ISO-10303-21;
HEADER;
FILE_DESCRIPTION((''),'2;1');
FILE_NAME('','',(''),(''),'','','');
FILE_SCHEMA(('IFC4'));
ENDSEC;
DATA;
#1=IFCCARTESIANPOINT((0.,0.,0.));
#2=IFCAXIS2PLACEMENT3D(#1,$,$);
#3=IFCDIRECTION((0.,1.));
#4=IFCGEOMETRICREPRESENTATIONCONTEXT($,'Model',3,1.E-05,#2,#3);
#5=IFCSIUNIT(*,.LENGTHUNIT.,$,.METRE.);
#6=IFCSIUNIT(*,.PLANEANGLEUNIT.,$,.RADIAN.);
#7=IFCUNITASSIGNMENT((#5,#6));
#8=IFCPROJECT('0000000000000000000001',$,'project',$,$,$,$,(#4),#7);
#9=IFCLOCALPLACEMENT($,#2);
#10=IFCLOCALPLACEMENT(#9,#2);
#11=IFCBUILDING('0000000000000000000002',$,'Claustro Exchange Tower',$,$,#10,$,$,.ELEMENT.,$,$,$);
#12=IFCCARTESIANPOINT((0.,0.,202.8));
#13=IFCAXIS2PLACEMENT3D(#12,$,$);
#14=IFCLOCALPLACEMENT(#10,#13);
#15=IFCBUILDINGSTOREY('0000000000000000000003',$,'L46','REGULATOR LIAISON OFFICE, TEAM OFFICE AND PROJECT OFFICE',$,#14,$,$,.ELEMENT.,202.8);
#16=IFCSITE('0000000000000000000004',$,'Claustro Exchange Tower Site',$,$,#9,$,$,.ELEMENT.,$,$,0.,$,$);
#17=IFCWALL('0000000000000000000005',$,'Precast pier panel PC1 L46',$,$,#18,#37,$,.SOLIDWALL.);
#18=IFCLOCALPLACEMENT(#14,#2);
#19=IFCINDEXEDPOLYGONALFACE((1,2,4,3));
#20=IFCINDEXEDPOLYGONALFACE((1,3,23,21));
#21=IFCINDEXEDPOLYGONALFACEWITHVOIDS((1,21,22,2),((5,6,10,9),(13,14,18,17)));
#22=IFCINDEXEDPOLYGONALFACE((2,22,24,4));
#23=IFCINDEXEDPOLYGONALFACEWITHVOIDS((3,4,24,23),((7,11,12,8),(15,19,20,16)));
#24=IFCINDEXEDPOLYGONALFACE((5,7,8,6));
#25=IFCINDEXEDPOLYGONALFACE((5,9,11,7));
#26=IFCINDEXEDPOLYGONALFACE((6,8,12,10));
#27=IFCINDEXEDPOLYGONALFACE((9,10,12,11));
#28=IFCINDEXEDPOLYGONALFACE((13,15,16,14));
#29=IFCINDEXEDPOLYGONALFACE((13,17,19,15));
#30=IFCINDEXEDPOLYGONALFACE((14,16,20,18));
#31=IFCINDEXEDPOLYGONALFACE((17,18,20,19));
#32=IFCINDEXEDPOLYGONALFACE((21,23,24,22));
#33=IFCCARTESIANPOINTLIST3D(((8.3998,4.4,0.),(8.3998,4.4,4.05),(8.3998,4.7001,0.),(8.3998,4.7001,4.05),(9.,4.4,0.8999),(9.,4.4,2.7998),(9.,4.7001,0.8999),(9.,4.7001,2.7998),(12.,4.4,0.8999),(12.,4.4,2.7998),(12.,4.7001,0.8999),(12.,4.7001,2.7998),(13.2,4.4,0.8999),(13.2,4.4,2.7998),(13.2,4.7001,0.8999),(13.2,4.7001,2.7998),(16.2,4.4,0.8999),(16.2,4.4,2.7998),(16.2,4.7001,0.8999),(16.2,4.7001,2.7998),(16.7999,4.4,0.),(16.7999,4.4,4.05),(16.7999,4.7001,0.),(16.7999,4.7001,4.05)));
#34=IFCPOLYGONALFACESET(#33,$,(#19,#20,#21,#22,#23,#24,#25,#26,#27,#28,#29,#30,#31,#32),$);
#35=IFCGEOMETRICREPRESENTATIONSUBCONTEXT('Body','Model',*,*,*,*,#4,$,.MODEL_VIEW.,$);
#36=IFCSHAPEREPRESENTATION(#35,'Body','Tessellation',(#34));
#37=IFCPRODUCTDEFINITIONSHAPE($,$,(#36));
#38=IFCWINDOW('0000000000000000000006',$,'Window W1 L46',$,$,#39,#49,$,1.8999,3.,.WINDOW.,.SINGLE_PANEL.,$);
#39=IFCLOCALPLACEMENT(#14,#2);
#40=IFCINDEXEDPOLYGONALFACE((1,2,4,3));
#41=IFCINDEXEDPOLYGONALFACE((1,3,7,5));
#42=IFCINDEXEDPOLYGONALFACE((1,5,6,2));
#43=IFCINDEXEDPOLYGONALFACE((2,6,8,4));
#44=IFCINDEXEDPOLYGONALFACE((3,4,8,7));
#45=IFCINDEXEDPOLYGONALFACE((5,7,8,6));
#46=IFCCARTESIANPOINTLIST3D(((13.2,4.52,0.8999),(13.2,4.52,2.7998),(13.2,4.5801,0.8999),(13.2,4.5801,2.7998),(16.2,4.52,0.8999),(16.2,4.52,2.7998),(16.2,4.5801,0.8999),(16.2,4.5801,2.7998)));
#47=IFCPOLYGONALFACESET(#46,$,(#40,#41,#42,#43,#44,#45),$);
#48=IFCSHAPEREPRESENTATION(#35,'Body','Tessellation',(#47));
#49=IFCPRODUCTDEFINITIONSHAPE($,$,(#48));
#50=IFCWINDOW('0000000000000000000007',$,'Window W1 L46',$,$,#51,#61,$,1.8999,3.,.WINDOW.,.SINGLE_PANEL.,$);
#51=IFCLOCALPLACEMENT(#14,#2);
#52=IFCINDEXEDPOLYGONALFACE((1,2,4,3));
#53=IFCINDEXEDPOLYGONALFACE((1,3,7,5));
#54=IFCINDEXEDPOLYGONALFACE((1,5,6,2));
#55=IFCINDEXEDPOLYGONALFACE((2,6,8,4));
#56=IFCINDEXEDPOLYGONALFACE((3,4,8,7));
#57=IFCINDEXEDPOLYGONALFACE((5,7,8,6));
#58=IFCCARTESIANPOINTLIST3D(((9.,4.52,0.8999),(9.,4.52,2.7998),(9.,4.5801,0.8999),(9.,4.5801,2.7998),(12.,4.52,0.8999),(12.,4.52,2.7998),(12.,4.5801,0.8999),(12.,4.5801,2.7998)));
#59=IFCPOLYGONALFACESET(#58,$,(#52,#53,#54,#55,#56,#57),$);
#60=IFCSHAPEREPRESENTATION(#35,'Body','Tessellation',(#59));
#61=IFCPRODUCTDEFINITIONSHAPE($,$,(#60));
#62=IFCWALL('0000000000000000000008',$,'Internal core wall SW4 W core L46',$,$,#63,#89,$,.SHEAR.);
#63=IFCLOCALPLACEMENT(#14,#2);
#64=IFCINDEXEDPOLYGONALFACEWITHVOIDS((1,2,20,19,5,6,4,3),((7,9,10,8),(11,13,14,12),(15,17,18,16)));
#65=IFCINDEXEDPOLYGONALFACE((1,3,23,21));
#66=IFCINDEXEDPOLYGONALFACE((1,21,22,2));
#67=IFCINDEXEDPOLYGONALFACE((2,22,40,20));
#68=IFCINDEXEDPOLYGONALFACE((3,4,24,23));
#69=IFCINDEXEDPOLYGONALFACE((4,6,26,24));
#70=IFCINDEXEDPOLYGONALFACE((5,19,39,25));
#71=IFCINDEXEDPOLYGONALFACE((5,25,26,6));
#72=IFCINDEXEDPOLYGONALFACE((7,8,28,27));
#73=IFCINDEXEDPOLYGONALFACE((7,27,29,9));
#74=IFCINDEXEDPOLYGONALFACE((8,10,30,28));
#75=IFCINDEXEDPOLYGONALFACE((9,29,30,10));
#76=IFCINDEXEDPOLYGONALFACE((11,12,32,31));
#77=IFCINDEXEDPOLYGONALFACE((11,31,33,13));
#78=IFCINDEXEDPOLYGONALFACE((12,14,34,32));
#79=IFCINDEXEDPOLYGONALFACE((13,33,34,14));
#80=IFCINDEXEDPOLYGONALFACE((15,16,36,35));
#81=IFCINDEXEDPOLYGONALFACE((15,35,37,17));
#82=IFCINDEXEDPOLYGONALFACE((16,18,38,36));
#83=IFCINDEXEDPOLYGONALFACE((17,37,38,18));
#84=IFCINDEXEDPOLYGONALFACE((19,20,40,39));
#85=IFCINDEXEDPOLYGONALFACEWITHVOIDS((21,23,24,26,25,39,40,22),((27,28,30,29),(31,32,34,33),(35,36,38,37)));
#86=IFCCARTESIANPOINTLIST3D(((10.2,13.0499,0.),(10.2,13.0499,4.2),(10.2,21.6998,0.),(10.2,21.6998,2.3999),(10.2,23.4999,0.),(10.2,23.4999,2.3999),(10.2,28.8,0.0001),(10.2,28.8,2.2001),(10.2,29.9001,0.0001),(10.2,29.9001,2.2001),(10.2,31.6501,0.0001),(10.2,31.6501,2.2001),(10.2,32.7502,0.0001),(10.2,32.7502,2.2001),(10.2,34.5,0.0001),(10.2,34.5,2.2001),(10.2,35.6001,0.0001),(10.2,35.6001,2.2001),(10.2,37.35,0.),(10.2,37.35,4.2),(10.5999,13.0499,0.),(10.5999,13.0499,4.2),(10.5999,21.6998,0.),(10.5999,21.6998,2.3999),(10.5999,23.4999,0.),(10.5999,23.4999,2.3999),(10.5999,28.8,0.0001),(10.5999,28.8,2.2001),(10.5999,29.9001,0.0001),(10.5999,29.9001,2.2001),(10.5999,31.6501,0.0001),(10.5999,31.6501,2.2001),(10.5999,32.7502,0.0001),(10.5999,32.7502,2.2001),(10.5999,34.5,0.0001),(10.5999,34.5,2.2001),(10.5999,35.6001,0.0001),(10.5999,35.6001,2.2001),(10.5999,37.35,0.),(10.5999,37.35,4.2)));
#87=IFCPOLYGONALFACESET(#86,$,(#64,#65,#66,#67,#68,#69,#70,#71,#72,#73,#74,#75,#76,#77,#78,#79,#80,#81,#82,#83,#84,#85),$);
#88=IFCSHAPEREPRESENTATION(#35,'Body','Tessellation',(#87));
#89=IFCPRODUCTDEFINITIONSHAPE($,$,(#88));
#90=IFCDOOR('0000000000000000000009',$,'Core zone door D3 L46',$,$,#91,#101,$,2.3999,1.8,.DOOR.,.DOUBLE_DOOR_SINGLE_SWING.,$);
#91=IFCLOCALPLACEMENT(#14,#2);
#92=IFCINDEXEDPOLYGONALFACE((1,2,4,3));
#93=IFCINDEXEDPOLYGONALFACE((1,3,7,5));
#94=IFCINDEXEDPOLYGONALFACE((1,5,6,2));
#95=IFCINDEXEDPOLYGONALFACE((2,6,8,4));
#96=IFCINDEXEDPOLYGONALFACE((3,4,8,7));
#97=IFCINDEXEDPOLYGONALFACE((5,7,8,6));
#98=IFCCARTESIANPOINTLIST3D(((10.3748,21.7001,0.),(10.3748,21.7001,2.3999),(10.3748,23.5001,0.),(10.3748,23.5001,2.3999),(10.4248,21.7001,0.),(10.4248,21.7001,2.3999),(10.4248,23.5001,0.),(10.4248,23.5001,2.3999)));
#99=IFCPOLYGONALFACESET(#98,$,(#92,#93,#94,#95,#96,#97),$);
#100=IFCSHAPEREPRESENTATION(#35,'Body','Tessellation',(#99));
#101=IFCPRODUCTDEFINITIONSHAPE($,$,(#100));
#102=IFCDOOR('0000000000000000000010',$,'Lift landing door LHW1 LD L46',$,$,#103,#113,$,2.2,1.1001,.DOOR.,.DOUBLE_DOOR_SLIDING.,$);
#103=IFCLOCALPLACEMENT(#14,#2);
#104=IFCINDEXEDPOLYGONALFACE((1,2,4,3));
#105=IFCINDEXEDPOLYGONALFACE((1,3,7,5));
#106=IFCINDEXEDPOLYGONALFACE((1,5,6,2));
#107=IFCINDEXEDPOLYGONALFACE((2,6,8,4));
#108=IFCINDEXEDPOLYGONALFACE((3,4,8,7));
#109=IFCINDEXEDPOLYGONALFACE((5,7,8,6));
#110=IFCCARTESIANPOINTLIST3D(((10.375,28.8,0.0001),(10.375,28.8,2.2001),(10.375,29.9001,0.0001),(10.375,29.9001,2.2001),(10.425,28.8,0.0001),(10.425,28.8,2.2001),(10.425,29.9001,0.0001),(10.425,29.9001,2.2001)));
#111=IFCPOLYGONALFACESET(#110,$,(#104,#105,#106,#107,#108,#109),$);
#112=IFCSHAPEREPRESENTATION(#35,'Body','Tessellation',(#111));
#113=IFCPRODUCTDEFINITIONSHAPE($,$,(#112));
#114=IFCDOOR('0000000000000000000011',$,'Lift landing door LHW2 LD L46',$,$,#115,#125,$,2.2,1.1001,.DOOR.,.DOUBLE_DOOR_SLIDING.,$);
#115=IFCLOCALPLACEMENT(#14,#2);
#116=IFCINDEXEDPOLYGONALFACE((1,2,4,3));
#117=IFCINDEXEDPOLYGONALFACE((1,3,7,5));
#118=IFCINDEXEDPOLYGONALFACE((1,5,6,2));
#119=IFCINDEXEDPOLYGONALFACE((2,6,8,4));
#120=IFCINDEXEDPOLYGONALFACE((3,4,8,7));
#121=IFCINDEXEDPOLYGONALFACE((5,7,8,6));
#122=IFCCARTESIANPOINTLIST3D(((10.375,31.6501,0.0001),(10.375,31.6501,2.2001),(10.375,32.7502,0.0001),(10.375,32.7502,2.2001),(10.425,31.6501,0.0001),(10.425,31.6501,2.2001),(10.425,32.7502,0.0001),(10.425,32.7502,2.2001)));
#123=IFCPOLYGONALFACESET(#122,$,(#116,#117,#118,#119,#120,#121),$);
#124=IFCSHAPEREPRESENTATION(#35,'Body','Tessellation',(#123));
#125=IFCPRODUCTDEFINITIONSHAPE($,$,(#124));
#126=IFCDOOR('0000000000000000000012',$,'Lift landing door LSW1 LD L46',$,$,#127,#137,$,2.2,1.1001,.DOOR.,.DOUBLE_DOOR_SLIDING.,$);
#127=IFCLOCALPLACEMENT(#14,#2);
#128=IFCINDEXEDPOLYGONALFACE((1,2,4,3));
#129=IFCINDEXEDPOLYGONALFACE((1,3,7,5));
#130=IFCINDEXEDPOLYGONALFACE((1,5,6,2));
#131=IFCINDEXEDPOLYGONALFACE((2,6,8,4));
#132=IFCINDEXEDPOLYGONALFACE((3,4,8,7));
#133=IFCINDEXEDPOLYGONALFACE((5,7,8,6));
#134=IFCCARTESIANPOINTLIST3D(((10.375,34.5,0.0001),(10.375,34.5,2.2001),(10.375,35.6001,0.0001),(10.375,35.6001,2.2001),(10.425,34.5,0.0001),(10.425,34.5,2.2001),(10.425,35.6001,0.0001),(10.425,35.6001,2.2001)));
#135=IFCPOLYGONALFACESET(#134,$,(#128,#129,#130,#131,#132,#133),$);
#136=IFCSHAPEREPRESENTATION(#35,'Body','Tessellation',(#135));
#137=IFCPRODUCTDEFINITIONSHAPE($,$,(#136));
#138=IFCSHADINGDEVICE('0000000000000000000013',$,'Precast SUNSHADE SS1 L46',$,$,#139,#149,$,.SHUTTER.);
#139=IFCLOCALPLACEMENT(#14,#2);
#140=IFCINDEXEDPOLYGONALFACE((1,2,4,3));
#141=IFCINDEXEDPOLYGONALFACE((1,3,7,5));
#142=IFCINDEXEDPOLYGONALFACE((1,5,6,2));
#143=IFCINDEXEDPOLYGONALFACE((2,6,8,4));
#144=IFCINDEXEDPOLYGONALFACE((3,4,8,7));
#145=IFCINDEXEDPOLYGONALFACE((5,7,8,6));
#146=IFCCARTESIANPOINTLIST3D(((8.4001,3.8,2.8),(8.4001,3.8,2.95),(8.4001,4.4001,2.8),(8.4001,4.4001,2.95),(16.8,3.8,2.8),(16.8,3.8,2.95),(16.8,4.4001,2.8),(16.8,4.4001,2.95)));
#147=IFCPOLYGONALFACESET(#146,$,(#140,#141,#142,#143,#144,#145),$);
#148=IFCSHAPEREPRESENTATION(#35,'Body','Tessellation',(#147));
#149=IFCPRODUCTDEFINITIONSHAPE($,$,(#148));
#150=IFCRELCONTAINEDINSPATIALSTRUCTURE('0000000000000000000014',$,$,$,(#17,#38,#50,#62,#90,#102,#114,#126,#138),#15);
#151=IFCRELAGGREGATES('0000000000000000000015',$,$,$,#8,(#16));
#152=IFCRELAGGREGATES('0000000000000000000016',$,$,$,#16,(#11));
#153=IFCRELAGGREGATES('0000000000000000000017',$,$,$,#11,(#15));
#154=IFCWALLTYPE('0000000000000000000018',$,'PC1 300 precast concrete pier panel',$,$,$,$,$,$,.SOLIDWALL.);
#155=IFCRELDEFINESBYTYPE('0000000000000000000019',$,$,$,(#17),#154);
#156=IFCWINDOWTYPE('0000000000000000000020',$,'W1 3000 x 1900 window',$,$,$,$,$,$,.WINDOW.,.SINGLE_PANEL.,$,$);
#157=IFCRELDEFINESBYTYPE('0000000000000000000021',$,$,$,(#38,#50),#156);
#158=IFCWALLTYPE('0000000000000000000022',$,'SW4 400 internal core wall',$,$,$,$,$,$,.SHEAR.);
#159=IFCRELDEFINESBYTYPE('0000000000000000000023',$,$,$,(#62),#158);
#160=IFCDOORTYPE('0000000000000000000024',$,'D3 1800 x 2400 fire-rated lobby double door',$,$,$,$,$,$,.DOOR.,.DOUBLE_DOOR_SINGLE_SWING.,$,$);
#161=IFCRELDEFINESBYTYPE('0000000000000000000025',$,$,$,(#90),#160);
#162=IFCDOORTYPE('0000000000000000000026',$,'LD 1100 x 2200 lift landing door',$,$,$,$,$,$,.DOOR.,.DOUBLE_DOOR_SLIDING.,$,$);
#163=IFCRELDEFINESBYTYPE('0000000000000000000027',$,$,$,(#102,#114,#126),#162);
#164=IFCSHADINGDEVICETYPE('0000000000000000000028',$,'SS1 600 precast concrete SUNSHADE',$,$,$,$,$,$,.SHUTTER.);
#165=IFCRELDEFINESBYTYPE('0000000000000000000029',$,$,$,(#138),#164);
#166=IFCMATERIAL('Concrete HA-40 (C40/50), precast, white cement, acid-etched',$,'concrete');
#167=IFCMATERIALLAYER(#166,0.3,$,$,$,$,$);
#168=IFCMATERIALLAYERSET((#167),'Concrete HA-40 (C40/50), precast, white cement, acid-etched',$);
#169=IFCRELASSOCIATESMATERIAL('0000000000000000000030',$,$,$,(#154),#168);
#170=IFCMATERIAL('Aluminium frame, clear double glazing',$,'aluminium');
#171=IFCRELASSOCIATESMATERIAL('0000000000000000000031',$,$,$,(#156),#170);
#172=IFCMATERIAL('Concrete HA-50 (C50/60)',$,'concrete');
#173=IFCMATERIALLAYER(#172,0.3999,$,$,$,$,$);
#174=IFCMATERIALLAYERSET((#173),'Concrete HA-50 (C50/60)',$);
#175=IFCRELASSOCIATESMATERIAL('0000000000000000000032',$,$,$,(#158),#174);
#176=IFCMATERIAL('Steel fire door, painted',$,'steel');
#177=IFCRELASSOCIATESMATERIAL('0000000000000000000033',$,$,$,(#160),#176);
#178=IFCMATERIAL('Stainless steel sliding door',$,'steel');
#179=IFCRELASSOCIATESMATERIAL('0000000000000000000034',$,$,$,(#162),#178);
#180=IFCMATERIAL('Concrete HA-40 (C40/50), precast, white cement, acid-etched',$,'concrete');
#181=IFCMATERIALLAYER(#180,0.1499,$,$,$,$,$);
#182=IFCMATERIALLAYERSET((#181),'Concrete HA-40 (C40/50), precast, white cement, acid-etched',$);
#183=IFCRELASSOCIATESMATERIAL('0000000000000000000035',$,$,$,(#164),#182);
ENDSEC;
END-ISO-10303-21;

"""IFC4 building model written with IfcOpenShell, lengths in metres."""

from ifc_helpers import new_model, si_unit, direction, frame, frame_2d, origin, origin_2d, place, context, subcontext, project, spatial, rectangle, extrude, material, layer, layer_set, type_object, element, fill, save


model = new_model("IFC4")

# Units and contexts
model_context = context("Model", 3, precision=1e-05, world=origin(), true_north=direction((0.0, 1.0)))
body_context = subcontext(model_context, "Body", "Model", "MODEL_VIEW")
ifc_project = project(units=[si_unit("LENGTHUNIT", "METRE"), si_unit("PLANEANGLEUNIT", "RADIAN")], contexts=[model_context])

# Site, building, storey
site_placement = place(None, origin())
site = spatial("IfcSite", under=ifc_project, at=site_placement, Name="Claustro Exchange Tower Site", CompositionType="ELEMENT", RefElevation=0.0)
building_placement = place(site_placement, origin())
building = spatial("IfcBuilding", under=site, at=building_placement, Name="Claustro Exchange Tower", CompositionType="ELEMENT")
storey_placement = place(building_placement, frame((0.0, 0.0, 202.8)))
storey = spatial("IfcBuildingStorey", under=building, at=storey_placement, Name="L46", Description="REGULATOR LIAISON OFFICE, TEAM OFFICE AND PROJECT OFFICE", CompositionType="ELEMENT", Elevation=202.8)

# Wall, openings, windows
ifc_material_1 = material(Name="Concrete HA-40 (C40/50), precast, white cement, acid-etched", Category="concrete")
ifc_layer_1 = layer(ifc_material_1, 0.3)
ifc_layer_set_1 = layer_set([ifc_layer_1], Name="Concrete HA-40 (C40/50), precast, white cement, acid-etched")
wall_type_1 = type_object("IfcWallType", Name="PC1 300 precast concrete pier panel", PredefinedType="SOLIDWALL", material=ifc_layer_set_1)
wall_1_placement = place(storey_placement, frame((16.8, 4.55, 0.0), z_axis=(0.0, 0.0, 1.0), x_axis=(-1.0, 0.0, 0.0)))
wall_1 = element("IfcWall", 1, at=wall_1_placement, inside=storey, type_object=wall_type_1, Name="Precast pier panel PC1 L46", PredefinedType="SOLIDWALL", context=body_context, shape_type="SweptSolid", body=[
    extrude(rectangle(XDim=8.4001, YDim=0.3, at=frame_2d((4.2002, 0.0))), origin(), (0.0, 0.0, 1.0), 4.05),
])
opening_1_placement = place(wall_1_placement, frame((0.6001, 0.0, 0.8999)))
opening_1 = element("IfcOpeningElement", 2, at=opening_1_placement, cuts=wall_1, PredefinedType="OPENING", context=body_context, shape_type="SweptSolid", body=[
    extrude(rectangle(XDim=3.0, YDim=1.8999, at=frame_2d((1.5, 0.95))), frame((0.0, 0.1599, 0.0), z_axis=(0.0, -1.0, 0.0), x_axis=(1.0, 0.0, 0.0)), (0.0, 0.0, 1.0), 0.3201),
])
opening_2_placement = place(wall_1_placement, frame((4.8, 0.0, 0.8999)))
opening_2 = element("IfcOpeningElement", 3, at=opening_2_placement, cuts=wall_1, PredefinedType="OPENING", context=body_context, shape_type="SweptSolid", body=[
    extrude(rectangle(XDim=3.0, YDim=1.8999, at=frame_2d((1.5, 0.95))), frame((0.0, 0.1599, 0.0), z_axis=(0.0, -1.0, 0.0), x_axis=(1.0, 0.0, 0.0)), (0.0, 0.0, 1.0), 0.3201),
])
ifc_material_2 = material(Name="Aluminium frame, clear double glazing", Category="aluminium")
window_type = type_object("IfcWindowType", Name="W1 3000 x 1900 window", PartitioningType="SINGLE_PANEL", PredefinedType="WINDOW", material=ifc_material_2)
window_1_placement = place(opening_1_placement, origin())
window_1 = element("IfcWindow", 4, at=window_1_placement, inside=storey, type_object=window_type, Name="Window W1 L46", OverallHeight=1.8999, OverallWidth=3.0, PartitioningType="SINGLE_PANEL", PredefinedType="WINDOW", context=body_context, shape_type="SweptSolid", body=[
    extrude(rectangle(XDim=3.0, YDim=1.8999, at=frame_2d((1.5, 0.95))), frame((0.0, 0.03, 0.0), z_axis=(0.0, -1.0, 0.0), x_axis=(1.0, 0.0, 0.0)), (0.0, 0.0, 1.0), 0.0601),
])
fill(opening_1, window_1)
window_2_placement = place(opening_2_placement, origin())
window_2 = element("IfcWindow", 5, at=window_2_placement, inside=storey, type_object=window_type, Name="Window W1 L46", OverallHeight=1.8999, OverallWidth=3.0, PartitioningType="SINGLE_PANEL", PredefinedType="WINDOW", context=body_context, shape_type="SweptSolid", body=[
    extrude(rectangle(XDim=3.0, YDim=1.8999, at=frame_2d((1.5, 0.95))), frame((0.0, 0.03, 0.0), z_axis=(0.0, -1.0, 0.0), x_axis=(1.0, 0.0, 0.0)), (0.0, 0.0, 1.0), 0.0601),
])
fill(opening_2, window_2)

# Wall, openings, doors
ifc_material_3 = material(Name="Concrete HA-50 (C50/60)", Category="concrete")
ifc_layer_2 = layer(ifc_material_3, 0.3999)
ifc_layer_set_2 = layer_set([ifc_layer_2], Name="Concrete HA-50 (C50/60)")
wall_type_2 = type_object("IfcWallType", Name="SW4 400 internal core wall", PredefinedType="SHEAR", material=ifc_layer_set_2)
wall_2_placement = place(storey_placement, frame((10.3999, 13.05, 0.0), z_axis=(0.0, 0.0, 1.0), x_axis=(0.0, 1.0, 0.0)))
wall_2 = element("IfcWall", 6, at=wall_2_placement, inside=storey, type_object=wall_type_2, Name="Internal core wall SW4 W core L46", PredefinedType="SHEAR", context=body_context, shape_type="SweptSolid", body=[
    extrude(rectangle(XDim=24.3, YDim=0.3999, at=frame_2d((12.1499, 0.0))), origin(), (0.0, 0.0, 1.0), 4.2),
])
opening_3_placement = place(wall_2_placement, frame((15.75, 0.0, 0.0)))
opening_3 = element("IfcOpeningElement", 7, at=opening_3_placement, cuts=wall_2, PredefinedType="OPENING", context=body_context, shape_type="SweptSolid", body=[
    extrude(rectangle(XDim=1.1001, YDim=2.2, at=frame_2d((0.55, 1.1001))), frame((0.0, 0.21, 0.0), z_axis=(0.0, -1.0, 0.0), x_axis=(1.0, 0.0, 0.0)), (0.0, 0.0, 1.0), 0.4199),
])
opening_4_placement = place(wall_2_placement, frame((18.6001, 0.0, 0.0)))
opening_4 = element("IfcOpeningElement", 8, at=opening_4_placement, cuts=wall_2, PredefinedType="OPENING", context=body_context, shape_type="SweptSolid", body=[
    extrude(rectangle(XDim=1.1001, YDim=2.2, at=frame_2d((0.55, 1.1001))), frame((0.0, 0.21, 0.0), z_axis=(0.0, -1.0, 0.0), x_axis=(1.0, 0.0, 0.0)), (0.0, 0.0, 1.0), 0.4199),
])
opening_5_placement = place(wall_2_placement, frame((21.45, 0.0, 0.0)))
opening_5 = element("IfcOpeningElement", 9, at=opening_5_placement, cuts=wall_2, PredefinedType="OPENING", context=body_context, shape_type="SweptSolid", body=[
    extrude(rectangle(XDim=1.1001, YDim=2.2, at=frame_2d((0.55, 1.1001))), frame((0.0, 0.21, 0.0), z_axis=(0.0, -1.0, 0.0), x_axis=(1.0, 0.0, 0.0)), (0.0, 0.0, 1.0), 0.4199),
])
opening_6_placement = place(wall_2_placement, frame((8.6499, 0.0, 0.0)))
opening_6 = element("IfcOpeningElement", 10, at=opening_6_placement, cuts=wall_2, PredefinedType="OPENING", context=body_context, shape_type="SweptSolid", body=[
    extrude(rectangle(XDim=1.8, YDim=2.3999, at=frame_2d((0.8999, 1.2))), frame((0.0, 0.21, 0.0), z_axis=(0.0, -1.0, 0.0), x_axis=(1.0, 0.0, 0.0)), (0.0, 0.0, 1.0), 0.4199),
])
ifc_material_4 = material(Name="Steel fire door, painted", Category="steel")
door_type_1 = type_object("IfcDoorType", Name="D3 1800 x 2400 fire-rated lobby double door", OperationType="DOUBLE_DOOR_SINGLE_SWING", PredefinedType="DOOR", material=ifc_material_4)
door_1_placement = place(opening_6_placement, frame((1.8, 0.0, 0.0), z_axis=(0.0, 0.0, 1.0), x_axis=(-1.0, 0.0, 0.0)))
door_1 = element("IfcDoor", 11, at=door_1_placement, inside=storey, type_object=door_type_1, Name="Core zone door D3 L46", OperationType="DOUBLE_DOOR_SINGLE_SWING", OverallHeight=2.3999, OverallWidth=1.8, PredefinedType="DOOR", context=body_context, shape_type="SweptSolid", body=[
    extrude(rectangle(XDim=1.8, YDim=2.3999, at=frame_2d((0.8999, 1.2))), frame((0.0, 0.0249, 0.0), z_axis=(0.0, -1.0, 0.0), x_axis=(1.0, 0.0, 0.0)), (0.0, 0.0, 1.0), 0.05),
])
fill(opening_6, door_1)
ifc_material_5 = material(Name="Stainless steel sliding door", Category="steel")
door_type_2 = type_object("IfcDoorType", Name="LD 1100 x 2200 lift landing door", OperationType="DOUBLE_DOOR_SLIDING", PredefinedType="DOOR", material=ifc_material_5)
door_2_placement = place(opening_3_placement, origin())
door_2 = element("IfcDoor", 12, at=door_2_placement, inside=storey, type_object=door_type_2, Name="Lift landing door LHW1 LD L46", OperationType="DOUBLE_DOOR_SLIDING", OverallHeight=2.2, OverallWidth=1.1001, PredefinedType="DOOR", context=body_context, shape_type="SweptSolid", body=[
    extrude(rectangle(XDim=1.1001, YDim=2.2, at=frame_2d((0.55, 1.1001))), frame((0.0, 0.0249, 0.0), z_axis=(0.0, -1.0, 0.0), x_axis=(1.0, 0.0, 0.0)), (0.0, 0.0, 1.0), 0.05),
])
fill(opening_3, door_2)
door_3_placement = place(opening_4_placement, origin())
door_3 = element("IfcDoor", 13, at=door_3_placement, inside=storey, type_object=door_type_2, Name="Lift landing door LHW2 LD L46", OperationType="DOUBLE_DOOR_SLIDING", OverallHeight=2.2, OverallWidth=1.1001, PredefinedType="DOOR", context=body_context, shape_type="SweptSolid", body=[
    extrude(rectangle(XDim=1.1001, YDim=2.2, at=frame_2d((0.55, 1.1001))), frame((0.0, 0.0249, 0.0), z_axis=(0.0, -1.0, 0.0), x_axis=(1.0, 0.0, 0.0)), (0.0, 0.0, 1.0), 0.05),
])
fill(opening_4, door_3)
door_4_placement = place(opening_5_placement, origin())
door_4 = element("IfcDoor", 14, at=door_4_placement, inside=storey, type_object=door_type_2, Name="Lift landing door LSW1 LD L46", OperationType="DOUBLE_DOOR_SLIDING", OverallHeight=2.2, OverallWidth=1.1001, PredefinedType="DOOR", context=body_context, shape_type="SweptSolid", body=[
    extrude(rectangle(XDim=1.1001, YDim=2.2, at=frame_2d((0.55, 1.1001))), frame((0.0, 0.0249, 0.0), z_axis=(0.0, -1.0, 0.0), x_axis=(1.0, 0.0, 0.0)), (0.0, 0.0, 1.0), 0.05),
])
fill(opening_5, door_4)

# Shading device
ifc_material_6 = material(Name="Concrete HA-40 (C40/50), precast, white cement, acid-etched", Category="concrete")
ifc_layer_3 = layer(ifc_material_6, 0.1499)
ifc_layer_set_3 = layer_set([ifc_layer_3], Name="Concrete HA-40 (C40/50), precast, white cement, acid-etched")
shading_device_type = type_object("IfcShadingDeviceType", Name="SS1 600 precast concrete SUNSHADE", PredefinedType="SHUTTER", material=ifc_layer_set_3)
shading_device_placement = place(storey_placement, frame((12.6001, 4.1001, 2.8), z_axis=(0.0, 0.0, 1.0), x_axis=(-1.0, 0.0, 0.0)))
element("IfcShadingDevice", 15, at=shading_device_placement, inside=storey, type_object=shading_device_type, Name="Precast SUNSHADE SS1 L46", PredefinedType="SHUTTER", context=body_context, shape_type="SweptSolid", body=[
    extrude(rectangle(XDim=8.3999, YDim=0.6001, at=origin_2d()), origin(), (0.0, 0.0, 1.0), 0.1499),
])

save(model, "model.ifc")
